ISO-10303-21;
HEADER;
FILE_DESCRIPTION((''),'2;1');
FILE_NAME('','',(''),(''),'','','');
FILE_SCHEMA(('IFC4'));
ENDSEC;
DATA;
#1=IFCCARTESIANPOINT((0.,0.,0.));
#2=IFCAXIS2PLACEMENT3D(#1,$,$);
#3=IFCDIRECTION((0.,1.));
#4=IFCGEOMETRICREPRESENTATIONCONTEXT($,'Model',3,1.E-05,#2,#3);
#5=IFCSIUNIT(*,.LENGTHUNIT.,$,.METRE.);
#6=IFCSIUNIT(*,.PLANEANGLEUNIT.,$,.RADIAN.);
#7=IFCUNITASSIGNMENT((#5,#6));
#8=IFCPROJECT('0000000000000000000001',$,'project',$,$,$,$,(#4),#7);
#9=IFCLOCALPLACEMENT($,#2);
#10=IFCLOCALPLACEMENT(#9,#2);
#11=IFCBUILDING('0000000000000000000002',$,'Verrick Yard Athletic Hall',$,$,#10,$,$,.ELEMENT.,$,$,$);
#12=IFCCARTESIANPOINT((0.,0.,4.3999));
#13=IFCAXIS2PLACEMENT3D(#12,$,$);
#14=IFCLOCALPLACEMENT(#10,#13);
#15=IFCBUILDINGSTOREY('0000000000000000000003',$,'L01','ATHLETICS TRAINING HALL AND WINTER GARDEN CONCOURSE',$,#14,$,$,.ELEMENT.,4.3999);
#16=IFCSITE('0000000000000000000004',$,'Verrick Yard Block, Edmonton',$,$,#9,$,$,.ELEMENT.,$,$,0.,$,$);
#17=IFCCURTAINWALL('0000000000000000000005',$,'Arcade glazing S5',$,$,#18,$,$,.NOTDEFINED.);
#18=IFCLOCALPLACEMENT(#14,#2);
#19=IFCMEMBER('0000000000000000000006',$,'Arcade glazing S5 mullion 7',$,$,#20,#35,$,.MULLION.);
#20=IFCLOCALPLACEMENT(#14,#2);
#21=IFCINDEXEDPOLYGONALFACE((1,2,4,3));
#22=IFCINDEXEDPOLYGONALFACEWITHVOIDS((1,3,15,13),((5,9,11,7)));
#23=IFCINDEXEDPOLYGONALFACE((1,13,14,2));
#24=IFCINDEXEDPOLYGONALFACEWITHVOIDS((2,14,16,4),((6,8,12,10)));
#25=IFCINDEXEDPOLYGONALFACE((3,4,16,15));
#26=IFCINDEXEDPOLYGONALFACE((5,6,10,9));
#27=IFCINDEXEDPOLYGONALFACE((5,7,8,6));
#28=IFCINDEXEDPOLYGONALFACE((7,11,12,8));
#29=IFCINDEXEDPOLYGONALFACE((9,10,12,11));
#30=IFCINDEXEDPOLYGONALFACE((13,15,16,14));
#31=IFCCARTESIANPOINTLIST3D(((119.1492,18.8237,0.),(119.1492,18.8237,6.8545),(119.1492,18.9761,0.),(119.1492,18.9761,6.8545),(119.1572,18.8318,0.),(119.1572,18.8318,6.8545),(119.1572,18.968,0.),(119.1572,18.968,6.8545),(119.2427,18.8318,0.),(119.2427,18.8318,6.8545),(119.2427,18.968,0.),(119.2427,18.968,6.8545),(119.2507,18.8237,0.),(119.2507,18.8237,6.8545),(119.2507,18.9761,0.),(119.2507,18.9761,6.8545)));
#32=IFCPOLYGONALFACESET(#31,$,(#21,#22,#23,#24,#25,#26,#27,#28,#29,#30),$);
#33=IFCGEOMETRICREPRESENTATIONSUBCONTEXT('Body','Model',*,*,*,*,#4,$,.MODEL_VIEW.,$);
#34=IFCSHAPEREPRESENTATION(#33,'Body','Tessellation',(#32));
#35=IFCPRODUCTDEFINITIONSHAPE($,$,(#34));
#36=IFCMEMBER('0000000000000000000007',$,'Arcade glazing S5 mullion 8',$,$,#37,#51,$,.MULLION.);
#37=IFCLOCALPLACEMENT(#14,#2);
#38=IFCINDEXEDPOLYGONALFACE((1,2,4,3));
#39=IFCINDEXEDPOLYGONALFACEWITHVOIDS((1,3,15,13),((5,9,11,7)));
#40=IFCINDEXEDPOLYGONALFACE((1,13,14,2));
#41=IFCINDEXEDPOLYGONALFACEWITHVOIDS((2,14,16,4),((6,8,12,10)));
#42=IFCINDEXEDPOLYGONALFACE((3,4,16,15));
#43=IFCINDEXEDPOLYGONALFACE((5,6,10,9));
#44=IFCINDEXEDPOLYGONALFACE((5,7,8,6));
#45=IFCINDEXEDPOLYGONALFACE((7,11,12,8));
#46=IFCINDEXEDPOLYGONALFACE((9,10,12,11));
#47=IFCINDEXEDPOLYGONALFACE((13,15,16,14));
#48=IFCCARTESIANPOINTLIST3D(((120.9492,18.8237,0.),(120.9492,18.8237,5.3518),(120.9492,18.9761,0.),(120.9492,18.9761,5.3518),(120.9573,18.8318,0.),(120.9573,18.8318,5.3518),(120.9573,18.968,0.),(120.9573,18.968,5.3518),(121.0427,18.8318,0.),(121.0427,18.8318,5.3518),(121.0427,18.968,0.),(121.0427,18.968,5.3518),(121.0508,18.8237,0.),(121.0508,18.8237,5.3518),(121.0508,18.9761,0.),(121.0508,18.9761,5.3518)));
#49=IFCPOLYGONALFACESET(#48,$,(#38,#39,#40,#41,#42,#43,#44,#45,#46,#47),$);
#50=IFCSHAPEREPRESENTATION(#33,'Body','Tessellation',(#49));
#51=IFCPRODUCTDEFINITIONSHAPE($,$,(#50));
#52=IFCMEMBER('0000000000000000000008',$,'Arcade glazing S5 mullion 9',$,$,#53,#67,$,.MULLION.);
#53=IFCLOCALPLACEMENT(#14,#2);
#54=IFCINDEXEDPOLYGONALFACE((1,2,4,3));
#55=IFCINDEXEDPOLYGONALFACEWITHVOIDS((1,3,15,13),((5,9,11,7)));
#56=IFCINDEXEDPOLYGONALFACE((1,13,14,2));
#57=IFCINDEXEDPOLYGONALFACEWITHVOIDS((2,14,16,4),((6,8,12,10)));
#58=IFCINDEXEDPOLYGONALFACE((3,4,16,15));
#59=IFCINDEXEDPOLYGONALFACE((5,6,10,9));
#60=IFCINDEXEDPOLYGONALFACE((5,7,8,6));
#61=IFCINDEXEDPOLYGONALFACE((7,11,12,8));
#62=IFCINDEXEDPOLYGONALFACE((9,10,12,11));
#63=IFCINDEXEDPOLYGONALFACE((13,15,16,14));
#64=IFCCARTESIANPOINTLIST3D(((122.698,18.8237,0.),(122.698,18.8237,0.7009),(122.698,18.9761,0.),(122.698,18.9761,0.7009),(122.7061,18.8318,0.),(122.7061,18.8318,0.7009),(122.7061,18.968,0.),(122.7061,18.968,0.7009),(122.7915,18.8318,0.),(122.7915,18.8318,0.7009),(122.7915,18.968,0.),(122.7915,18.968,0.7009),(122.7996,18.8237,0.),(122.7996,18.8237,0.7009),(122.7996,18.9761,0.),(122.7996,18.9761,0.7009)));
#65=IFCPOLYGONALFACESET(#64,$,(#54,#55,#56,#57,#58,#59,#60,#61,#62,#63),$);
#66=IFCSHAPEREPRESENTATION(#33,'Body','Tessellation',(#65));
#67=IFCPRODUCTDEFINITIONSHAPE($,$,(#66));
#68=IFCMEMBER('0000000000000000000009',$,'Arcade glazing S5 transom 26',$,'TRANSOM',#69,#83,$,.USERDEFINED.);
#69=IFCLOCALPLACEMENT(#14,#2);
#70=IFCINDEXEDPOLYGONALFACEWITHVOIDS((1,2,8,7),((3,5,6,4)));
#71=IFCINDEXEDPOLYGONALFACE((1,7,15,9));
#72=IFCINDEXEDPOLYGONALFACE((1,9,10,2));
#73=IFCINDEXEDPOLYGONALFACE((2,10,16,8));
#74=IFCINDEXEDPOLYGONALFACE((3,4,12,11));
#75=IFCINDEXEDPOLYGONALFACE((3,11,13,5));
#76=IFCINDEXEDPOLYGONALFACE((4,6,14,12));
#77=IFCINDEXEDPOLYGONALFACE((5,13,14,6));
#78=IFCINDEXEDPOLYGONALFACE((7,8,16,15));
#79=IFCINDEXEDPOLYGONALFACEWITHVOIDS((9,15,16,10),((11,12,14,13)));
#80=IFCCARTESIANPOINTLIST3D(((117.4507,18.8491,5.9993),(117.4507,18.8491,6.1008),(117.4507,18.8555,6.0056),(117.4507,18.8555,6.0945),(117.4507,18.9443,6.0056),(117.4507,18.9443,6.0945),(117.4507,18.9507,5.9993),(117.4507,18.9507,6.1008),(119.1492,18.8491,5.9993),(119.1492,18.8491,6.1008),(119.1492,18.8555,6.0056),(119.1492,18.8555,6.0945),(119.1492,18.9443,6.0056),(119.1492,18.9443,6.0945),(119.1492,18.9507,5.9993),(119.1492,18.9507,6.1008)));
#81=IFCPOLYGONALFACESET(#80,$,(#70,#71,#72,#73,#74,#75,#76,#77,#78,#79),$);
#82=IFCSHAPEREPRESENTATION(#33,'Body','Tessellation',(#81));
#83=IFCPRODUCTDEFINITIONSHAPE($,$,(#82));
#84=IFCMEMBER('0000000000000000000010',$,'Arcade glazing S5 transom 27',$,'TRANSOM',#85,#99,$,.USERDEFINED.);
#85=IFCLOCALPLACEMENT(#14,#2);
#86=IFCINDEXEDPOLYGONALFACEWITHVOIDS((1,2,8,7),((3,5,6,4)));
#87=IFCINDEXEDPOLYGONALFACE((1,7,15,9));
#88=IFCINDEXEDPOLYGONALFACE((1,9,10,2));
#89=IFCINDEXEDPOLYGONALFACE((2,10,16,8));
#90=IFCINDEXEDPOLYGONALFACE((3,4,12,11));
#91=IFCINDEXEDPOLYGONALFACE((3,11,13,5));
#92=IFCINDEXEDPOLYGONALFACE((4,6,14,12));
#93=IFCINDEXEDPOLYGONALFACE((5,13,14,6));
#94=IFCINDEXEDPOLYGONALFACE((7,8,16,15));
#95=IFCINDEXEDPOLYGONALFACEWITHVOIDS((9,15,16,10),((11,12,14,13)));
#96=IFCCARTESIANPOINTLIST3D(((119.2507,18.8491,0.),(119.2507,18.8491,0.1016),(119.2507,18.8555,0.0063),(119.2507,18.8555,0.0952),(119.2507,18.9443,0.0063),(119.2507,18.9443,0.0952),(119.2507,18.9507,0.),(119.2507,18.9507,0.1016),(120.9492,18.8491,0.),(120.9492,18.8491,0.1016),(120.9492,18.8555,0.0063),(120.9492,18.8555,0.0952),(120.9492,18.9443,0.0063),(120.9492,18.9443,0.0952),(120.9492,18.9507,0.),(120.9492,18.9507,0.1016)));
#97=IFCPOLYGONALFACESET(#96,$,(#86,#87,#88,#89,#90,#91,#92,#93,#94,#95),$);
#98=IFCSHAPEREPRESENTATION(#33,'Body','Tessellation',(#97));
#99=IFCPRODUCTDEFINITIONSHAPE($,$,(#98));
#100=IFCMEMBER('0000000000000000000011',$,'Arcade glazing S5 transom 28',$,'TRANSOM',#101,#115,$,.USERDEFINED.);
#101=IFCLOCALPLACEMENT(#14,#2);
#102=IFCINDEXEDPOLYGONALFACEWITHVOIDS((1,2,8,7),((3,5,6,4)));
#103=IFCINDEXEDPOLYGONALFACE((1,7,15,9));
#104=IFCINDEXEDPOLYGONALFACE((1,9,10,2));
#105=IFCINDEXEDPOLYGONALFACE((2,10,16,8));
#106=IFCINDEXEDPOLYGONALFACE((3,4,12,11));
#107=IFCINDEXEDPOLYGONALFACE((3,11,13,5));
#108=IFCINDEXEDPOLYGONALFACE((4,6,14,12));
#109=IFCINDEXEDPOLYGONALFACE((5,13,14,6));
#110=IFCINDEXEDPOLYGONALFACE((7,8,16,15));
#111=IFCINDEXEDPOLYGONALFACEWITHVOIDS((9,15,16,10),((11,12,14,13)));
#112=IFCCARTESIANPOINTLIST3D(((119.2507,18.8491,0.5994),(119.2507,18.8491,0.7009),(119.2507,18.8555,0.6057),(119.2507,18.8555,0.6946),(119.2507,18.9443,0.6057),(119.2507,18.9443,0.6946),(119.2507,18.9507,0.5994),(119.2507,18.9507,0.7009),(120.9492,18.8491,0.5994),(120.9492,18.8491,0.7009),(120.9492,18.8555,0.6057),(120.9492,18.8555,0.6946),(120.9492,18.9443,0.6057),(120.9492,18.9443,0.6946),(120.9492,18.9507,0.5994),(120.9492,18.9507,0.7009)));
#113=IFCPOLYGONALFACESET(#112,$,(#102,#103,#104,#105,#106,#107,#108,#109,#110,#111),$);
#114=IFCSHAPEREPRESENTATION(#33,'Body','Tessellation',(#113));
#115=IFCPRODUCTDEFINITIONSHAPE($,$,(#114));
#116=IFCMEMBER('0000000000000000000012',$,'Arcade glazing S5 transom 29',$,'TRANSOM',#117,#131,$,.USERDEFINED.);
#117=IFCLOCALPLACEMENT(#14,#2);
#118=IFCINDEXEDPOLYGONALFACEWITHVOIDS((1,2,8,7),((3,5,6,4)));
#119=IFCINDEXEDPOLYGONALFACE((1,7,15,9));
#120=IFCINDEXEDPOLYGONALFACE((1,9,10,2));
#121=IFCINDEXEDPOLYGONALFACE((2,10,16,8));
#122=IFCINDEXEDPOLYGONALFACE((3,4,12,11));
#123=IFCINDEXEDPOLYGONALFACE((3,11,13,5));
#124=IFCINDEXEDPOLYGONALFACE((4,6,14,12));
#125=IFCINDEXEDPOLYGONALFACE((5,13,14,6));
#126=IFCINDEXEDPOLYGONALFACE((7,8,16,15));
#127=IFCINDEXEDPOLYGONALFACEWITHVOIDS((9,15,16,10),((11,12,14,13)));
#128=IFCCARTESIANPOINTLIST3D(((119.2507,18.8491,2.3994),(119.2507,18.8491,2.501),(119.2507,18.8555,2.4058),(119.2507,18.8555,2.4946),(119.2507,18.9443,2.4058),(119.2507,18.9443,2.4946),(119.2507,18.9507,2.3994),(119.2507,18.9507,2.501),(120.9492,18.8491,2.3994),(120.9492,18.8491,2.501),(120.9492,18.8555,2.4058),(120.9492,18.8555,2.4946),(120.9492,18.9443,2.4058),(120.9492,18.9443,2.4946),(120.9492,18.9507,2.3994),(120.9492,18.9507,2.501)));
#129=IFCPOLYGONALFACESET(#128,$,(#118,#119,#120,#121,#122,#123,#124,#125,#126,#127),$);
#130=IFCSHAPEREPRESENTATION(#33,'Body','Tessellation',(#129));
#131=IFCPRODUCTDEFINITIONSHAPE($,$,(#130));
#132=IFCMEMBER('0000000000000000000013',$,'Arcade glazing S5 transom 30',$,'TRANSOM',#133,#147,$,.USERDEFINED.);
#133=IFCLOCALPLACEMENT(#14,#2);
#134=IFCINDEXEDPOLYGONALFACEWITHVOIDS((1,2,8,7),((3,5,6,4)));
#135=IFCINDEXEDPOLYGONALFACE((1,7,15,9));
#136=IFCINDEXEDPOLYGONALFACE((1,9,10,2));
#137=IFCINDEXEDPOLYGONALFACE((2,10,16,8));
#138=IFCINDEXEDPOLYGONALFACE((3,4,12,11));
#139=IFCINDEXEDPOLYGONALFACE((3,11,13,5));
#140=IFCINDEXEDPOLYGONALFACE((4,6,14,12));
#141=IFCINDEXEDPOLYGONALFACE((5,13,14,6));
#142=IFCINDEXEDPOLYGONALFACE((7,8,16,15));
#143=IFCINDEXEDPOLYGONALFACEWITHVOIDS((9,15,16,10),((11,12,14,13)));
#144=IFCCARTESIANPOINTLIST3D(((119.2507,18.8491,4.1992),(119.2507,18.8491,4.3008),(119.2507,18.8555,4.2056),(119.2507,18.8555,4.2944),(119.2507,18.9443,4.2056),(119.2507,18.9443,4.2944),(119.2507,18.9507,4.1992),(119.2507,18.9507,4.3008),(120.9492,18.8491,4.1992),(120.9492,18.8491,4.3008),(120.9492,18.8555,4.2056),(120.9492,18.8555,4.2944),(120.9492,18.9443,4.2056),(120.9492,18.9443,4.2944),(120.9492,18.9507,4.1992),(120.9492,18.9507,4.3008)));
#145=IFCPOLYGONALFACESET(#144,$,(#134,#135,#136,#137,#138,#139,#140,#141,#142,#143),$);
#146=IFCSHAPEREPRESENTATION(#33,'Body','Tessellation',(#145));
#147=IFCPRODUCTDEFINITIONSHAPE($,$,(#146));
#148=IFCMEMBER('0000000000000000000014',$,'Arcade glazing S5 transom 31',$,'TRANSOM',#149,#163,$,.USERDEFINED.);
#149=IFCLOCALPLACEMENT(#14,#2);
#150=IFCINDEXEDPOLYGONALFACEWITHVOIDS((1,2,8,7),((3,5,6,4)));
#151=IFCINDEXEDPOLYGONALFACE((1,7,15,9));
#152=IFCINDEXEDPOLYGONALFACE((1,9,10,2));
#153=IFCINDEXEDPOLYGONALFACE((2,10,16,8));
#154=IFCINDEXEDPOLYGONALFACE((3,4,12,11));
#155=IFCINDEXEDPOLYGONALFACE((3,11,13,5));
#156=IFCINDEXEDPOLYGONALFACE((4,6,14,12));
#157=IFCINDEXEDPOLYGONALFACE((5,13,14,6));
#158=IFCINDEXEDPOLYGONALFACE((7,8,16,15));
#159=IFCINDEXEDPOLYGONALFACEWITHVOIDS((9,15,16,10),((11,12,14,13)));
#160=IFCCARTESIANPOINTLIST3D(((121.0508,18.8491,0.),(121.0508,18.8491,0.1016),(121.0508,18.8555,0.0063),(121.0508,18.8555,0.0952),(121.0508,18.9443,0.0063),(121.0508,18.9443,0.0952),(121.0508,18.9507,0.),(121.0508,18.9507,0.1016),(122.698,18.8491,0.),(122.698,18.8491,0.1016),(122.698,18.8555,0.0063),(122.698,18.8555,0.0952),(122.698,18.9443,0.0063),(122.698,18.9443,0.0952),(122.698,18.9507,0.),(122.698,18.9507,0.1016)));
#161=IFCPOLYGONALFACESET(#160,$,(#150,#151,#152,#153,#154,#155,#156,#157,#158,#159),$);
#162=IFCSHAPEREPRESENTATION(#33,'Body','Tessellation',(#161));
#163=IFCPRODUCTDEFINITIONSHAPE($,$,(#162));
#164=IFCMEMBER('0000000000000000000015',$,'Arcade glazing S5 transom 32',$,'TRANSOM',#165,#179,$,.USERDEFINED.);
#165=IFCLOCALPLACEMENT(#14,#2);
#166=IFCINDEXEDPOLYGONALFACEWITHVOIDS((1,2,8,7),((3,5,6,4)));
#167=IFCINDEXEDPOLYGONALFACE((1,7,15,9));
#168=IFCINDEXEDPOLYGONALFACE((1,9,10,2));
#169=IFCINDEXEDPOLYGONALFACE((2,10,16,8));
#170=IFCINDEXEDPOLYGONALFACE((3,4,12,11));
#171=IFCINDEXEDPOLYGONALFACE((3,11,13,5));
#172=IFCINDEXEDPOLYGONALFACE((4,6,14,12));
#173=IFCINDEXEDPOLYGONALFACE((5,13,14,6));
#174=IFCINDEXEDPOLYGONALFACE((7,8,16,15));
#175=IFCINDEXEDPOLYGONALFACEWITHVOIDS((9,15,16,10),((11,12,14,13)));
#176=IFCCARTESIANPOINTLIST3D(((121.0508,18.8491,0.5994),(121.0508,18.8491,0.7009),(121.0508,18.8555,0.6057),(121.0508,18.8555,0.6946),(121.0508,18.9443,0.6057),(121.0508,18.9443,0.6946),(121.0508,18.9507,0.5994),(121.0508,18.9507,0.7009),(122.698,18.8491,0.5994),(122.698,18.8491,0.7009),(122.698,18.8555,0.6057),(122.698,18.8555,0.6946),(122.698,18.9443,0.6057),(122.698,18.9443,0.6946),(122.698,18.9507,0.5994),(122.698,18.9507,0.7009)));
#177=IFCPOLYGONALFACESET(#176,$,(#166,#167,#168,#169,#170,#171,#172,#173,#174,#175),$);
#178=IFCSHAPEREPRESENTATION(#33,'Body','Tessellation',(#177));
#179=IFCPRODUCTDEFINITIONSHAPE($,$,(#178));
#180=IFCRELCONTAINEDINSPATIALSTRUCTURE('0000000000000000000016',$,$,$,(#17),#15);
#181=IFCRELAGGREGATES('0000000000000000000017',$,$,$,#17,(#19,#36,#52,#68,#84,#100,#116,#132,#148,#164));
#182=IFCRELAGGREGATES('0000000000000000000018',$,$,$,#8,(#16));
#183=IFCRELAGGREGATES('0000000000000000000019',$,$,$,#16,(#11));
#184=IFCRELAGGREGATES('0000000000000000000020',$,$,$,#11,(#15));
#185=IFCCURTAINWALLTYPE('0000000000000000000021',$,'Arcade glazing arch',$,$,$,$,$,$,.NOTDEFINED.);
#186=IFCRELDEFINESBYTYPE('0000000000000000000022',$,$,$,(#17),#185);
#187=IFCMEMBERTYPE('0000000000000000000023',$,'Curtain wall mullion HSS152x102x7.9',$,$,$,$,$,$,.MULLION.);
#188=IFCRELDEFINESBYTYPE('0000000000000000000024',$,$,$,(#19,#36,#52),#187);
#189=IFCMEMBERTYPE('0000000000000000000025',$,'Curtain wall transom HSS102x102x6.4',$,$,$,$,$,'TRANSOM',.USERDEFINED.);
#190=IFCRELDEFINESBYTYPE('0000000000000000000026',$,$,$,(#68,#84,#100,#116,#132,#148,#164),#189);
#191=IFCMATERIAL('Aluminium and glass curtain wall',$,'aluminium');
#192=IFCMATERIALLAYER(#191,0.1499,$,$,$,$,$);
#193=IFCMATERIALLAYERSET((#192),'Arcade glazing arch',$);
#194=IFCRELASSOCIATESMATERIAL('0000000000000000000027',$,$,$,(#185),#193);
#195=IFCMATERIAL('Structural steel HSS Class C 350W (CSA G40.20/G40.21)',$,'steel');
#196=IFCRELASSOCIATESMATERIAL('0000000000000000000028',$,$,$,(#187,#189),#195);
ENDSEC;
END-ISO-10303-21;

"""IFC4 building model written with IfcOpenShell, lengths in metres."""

from ifc_helpers import new_model, si_unit, direction, frame, origin, origin_2d, place, context, subcontext, project, spatial, hollow_rectangle, extrude, material, layer, layer_set, material_profile, profile_set, type_object, element, aggregate, save


model = new_model("IFC4")

# Units and contexts
model_context = context("Model", 3, precision=1e-05, world=origin(), true_north=direction((0.0, 1.0)))
body_context = subcontext(model_context, "Body", "Model", "MODEL_VIEW")
ifc_project = project(units=[si_unit("LENGTHUNIT", "METRE"), si_unit("PLANEANGLEUNIT", "RADIAN")], contexts=[model_context])

# Site, building, storey
site_placement = place(None, origin())
site = spatial("IfcSite", under=ifc_project, at=site_placement, Name="Verrick Yard Block, Edmonton", CompositionType="ELEMENT", RefElevation=0.0)
building_placement = place(site_placement, origin())
building = spatial("IfcBuilding", under=site, at=building_placement, Name="Verrick Yard Athletic Hall", CompositionType="ELEMENT")
storey_placement = place(building_placement, frame((0.0, 0.0, 4.3999)))
storey = spatial("IfcBuildingStorey", under=building, at=storey_placement, Name="L01", Description="ATHLETICS TRAINING HALL AND WINTER GARDEN CONCOURSE", CompositionType="ELEMENT", Elevation=4.3999)

# Curtain wall, members
ifc_material_1 = material(Name="Aluminium and glass curtain wall", Category="aluminium")
ifc_layer_1 = layer(ifc_material_1, 0.1499)
ifc_layer_set_1 = layer_set([ifc_layer_1], Name="Arcade glazing arch")
curtain_wall_type = type_object("IfcCurtainWallType", Name="Arcade glazing arch", PredefinedType="NOTDEFINED", material=ifc_layer_set_1)
curtain_wall_1_placement = place(storey_placement, origin())
curtain_wall_1 = element("IfcCurtainWall", 1, at=curtain_wall_1_placement, inside=storey, type_object=curtain_wall_type, Name="Arcade glazing S5", PredefinedType="NOTDEFINED")
ifc_material_2 = material(Name="Structural steel HSS Class C 350W (CSA G40.20/G40.21)", Category="steel")
ifc_material_profile_1 = material_profile(ifc_material_2, hollow_rectangle(XDim=0.1016, YDim=0.1523, WallThickness=0.0081, at=origin_2d()), Name="HSS152x102x7.9")
ifc_profile_set_1 = profile_set([ifc_material_profile_1], Name="Structural steel HSS Class C 350W (CSA G40.20/G40.21)")
member_type_1 = type_object("IfcMemberType", Name="Curtain wall mullion HSS152x102x7.9", PredefinedType="MULLION", material=ifc_profile_set_1)
member_1_placement = place(storey_placement, frame((119.2, 18.8999, 0.0), z_axis=(0.0, 0.0, 1.0), x_axis=(1.0, 0.0, 0.0)))
member_1 = element("IfcMember", 2, at=member_1_placement, type_object=member_type_1, Name="Arcade glazing S5 mullion 7", PredefinedType="MULLION", context=body_context, shape_type="SweptSolid", body=[
    extrude(hollow_rectangle(XDim=0.1016, YDim=0.1523, WallThickness=0.0081, at=origin_2d()), origin(), (0.0, 0.0, 1.0), 6.8545),
])
member_2_placement = place(storey_placement, frame((121.0, 18.8999, 0.0), z_axis=(0.0, 0.0, 1.0), x_axis=(1.0, 0.0, 0.0)))
member_2 = element("IfcMember", 3, at=member_2_placement, type_object=member_type_1, Name="Arcade glazing S5 mullion 8", PredefinedType="MULLION", context=body_context, shape_type="SweptSolid", body=[
    extrude(hollow_rectangle(XDim=0.1016, YDim=0.1523, WallThickness=0.0081, at=origin_2d()), origin(), (0.0, 0.0, 1.0), 5.3518),
])
member_3_placement = place(storey_placement, frame((122.7488, 18.8999, 0.0), z_axis=(0.0, 0.0, 1.0), x_axis=(1.0, 0.0, 0.0)))
member_3 = element("IfcMember", 4, at=member_3_placement, type_object=member_type_1, Name="Arcade glazing S5 mullion 9", PredefinedType="MULLION", context=body_context, shape_type="SweptSolid", body=[
    extrude(hollow_rectangle(XDim=0.1016, YDim=0.1523, WallThickness=0.0081, at=origin_2d()), origin(), (0.0, 0.0, 1.0), 0.7009),
])
ifc_material_profile_2 = material_profile(ifc_material_2, hollow_rectangle(XDim=0.1016, YDim=0.1016, WallThickness=0.0063, at=origin_2d()), Name="HSS102x102x6.4")
ifc_profile_set_2 = profile_set([ifc_material_profile_2], Name="Structural steel HSS Class C 350W (CSA G40.20/G40.21)")
member_type_2 = type_object("IfcMemberType", Name="Curtain wall transom HSS102x102x6.4", ElementType="TRANSOM", PredefinedType="USERDEFINED", material=ifc_profile_set_2)
member_4_placement = place(storey_placement, frame((117.4507, 18.8999, 6.05), z_axis=(1.0, 0.0, 0.0), x_axis=(0.0, 1.0, 0.0)))
member_4 = element("IfcMember", 5, at=member_4_placement, type_object=member_type_2, Name="Arcade glazing S5 transom 26", ObjectType="TRANSOM", PredefinedType="USERDEFINED", context=body_context, shape_type="SweptSolid", body=[
    extrude(hollow_rectangle(XDim=0.1016, YDim=0.1016, WallThickness=0.0063, at=origin_2d()), origin(), (0.0, 0.0, 1.0), 1.6985),
])
member_5_placement = place(storey_placement, frame((119.2507, 18.8999, 0.0508), z_axis=(1.0, 0.0, 0.0), x_axis=(0.0, 1.0, 0.0)))
member_5 = element("IfcMember", 6, at=member_5_placement, type_object=member_type_2, Name="Arcade glazing S5 transom 27", ObjectType="TRANSOM", PredefinedType="USERDEFINED", context=body_context, shape_type="SweptSolid", body=[
    extrude(hollow_rectangle(XDim=0.1016, YDim=0.1016, WallThickness=0.0063, at=origin_2d()), origin(), (0.0, 0.0, 1.0), 1.6985),
])
member_6_placement = place(storey_placement, frame((119.2507, 18.8999, 0.6501), z_axis=(1.0, 0.0, 0.0), x_axis=(0.0, 1.0, 0.0)))
member_6 = element("IfcMember", 7, at=member_6_placement, type_object=member_type_2, Name="Arcade glazing S5 transom 28", ObjectType="TRANSOM", PredefinedType="USERDEFINED", context=body_context, shape_type="SweptSolid", body=[
    extrude(hollow_rectangle(XDim=0.1016, YDim=0.1016, WallThickness=0.0063, at=origin_2d()), origin(), (0.0, 0.0, 1.0), 1.6985),
])
member_7_placement = place(storey_placement, frame((119.2507, 18.8999, 2.4502), z_axis=(1.0, 0.0, 0.0), x_axis=(0.0, 1.0, 0.0)))
member_7 = element("IfcMember", 8, at=member_7_placement, type_object=member_type_2, Name="Arcade glazing S5 transom 29", ObjectType="TRANSOM", PredefinedType="USERDEFINED", context=body_context, shape_type="SweptSolid", body=[
    extrude(hollow_rectangle(XDim=0.1016, YDim=0.1016, WallThickness=0.0063, at=origin_2d()), origin(), (0.0, 0.0, 1.0), 1.6985),
])
member_8_placement = place(storey_placement, frame((119.2507, 18.8999, 4.25), z_axis=(1.0, 0.0, 0.0), x_axis=(0.0, 1.0, 0.0)))
member_8 = element("IfcMember", 9, at=member_8_placement, type_object=member_type_2, Name="Arcade glazing S5 transom 30", ObjectType="TRANSOM", PredefinedType="USERDEFINED", context=body_context, shape_type="SweptSolid", body=[
    extrude(hollow_rectangle(XDim=0.1016, YDim=0.1016, WallThickness=0.0063, at=origin_2d()), origin(), (0.0, 0.0, 1.0), 1.6985),
])
member_9_placement = place(storey_placement, frame((121.0508, 18.8999, 0.0508), z_axis=(1.0, 0.0, 0.0), x_axis=(0.0, 1.0, 0.0)))
member_9 = element("IfcMember", 10, at=member_9_placement, type_object=member_type_2, Name="Arcade glazing S5 transom 31", ObjectType="TRANSOM", PredefinedType="USERDEFINED", context=body_context, shape_type="SweptSolid", body=[
    extrude(hollow_rectangle(XDim=0.1016, YDim=0.1016, WallThickness=0.0063, at=origin_2d()), origin(), (0.0, 0.0, 1.0), 1.6472),
])
member_10_placement = place(storey_placement, frame((121.0508, 18.8999, 0.6501), z_axis=(1.0, 0.0, 0.0), x_axis=(0.0, 1.0, 0.0)))
member_10 = element("IfcMember", 11, at=member_10_placement, type_object=member_type_2, Name="Arcade glazing S5 transom 32", ObjectType="TRANSOM", PredefinedType="USERDEFINED", context=body_context, shape_type="SweptSolid", body=[
    extrude(hollow_rectangle(XDim=0.1016, YDim=0.1016, WallThickness=0.0063, at=origin_2d()), origin(), (0.0, 0.0, 1.0), 1.6472),
])
aggregate(curtain_wall_1, [member_1, member_2, member_3, member_4, member_5, member_6, member_7, member_8, member_9, member_10])

save(model, "model.ifc")
